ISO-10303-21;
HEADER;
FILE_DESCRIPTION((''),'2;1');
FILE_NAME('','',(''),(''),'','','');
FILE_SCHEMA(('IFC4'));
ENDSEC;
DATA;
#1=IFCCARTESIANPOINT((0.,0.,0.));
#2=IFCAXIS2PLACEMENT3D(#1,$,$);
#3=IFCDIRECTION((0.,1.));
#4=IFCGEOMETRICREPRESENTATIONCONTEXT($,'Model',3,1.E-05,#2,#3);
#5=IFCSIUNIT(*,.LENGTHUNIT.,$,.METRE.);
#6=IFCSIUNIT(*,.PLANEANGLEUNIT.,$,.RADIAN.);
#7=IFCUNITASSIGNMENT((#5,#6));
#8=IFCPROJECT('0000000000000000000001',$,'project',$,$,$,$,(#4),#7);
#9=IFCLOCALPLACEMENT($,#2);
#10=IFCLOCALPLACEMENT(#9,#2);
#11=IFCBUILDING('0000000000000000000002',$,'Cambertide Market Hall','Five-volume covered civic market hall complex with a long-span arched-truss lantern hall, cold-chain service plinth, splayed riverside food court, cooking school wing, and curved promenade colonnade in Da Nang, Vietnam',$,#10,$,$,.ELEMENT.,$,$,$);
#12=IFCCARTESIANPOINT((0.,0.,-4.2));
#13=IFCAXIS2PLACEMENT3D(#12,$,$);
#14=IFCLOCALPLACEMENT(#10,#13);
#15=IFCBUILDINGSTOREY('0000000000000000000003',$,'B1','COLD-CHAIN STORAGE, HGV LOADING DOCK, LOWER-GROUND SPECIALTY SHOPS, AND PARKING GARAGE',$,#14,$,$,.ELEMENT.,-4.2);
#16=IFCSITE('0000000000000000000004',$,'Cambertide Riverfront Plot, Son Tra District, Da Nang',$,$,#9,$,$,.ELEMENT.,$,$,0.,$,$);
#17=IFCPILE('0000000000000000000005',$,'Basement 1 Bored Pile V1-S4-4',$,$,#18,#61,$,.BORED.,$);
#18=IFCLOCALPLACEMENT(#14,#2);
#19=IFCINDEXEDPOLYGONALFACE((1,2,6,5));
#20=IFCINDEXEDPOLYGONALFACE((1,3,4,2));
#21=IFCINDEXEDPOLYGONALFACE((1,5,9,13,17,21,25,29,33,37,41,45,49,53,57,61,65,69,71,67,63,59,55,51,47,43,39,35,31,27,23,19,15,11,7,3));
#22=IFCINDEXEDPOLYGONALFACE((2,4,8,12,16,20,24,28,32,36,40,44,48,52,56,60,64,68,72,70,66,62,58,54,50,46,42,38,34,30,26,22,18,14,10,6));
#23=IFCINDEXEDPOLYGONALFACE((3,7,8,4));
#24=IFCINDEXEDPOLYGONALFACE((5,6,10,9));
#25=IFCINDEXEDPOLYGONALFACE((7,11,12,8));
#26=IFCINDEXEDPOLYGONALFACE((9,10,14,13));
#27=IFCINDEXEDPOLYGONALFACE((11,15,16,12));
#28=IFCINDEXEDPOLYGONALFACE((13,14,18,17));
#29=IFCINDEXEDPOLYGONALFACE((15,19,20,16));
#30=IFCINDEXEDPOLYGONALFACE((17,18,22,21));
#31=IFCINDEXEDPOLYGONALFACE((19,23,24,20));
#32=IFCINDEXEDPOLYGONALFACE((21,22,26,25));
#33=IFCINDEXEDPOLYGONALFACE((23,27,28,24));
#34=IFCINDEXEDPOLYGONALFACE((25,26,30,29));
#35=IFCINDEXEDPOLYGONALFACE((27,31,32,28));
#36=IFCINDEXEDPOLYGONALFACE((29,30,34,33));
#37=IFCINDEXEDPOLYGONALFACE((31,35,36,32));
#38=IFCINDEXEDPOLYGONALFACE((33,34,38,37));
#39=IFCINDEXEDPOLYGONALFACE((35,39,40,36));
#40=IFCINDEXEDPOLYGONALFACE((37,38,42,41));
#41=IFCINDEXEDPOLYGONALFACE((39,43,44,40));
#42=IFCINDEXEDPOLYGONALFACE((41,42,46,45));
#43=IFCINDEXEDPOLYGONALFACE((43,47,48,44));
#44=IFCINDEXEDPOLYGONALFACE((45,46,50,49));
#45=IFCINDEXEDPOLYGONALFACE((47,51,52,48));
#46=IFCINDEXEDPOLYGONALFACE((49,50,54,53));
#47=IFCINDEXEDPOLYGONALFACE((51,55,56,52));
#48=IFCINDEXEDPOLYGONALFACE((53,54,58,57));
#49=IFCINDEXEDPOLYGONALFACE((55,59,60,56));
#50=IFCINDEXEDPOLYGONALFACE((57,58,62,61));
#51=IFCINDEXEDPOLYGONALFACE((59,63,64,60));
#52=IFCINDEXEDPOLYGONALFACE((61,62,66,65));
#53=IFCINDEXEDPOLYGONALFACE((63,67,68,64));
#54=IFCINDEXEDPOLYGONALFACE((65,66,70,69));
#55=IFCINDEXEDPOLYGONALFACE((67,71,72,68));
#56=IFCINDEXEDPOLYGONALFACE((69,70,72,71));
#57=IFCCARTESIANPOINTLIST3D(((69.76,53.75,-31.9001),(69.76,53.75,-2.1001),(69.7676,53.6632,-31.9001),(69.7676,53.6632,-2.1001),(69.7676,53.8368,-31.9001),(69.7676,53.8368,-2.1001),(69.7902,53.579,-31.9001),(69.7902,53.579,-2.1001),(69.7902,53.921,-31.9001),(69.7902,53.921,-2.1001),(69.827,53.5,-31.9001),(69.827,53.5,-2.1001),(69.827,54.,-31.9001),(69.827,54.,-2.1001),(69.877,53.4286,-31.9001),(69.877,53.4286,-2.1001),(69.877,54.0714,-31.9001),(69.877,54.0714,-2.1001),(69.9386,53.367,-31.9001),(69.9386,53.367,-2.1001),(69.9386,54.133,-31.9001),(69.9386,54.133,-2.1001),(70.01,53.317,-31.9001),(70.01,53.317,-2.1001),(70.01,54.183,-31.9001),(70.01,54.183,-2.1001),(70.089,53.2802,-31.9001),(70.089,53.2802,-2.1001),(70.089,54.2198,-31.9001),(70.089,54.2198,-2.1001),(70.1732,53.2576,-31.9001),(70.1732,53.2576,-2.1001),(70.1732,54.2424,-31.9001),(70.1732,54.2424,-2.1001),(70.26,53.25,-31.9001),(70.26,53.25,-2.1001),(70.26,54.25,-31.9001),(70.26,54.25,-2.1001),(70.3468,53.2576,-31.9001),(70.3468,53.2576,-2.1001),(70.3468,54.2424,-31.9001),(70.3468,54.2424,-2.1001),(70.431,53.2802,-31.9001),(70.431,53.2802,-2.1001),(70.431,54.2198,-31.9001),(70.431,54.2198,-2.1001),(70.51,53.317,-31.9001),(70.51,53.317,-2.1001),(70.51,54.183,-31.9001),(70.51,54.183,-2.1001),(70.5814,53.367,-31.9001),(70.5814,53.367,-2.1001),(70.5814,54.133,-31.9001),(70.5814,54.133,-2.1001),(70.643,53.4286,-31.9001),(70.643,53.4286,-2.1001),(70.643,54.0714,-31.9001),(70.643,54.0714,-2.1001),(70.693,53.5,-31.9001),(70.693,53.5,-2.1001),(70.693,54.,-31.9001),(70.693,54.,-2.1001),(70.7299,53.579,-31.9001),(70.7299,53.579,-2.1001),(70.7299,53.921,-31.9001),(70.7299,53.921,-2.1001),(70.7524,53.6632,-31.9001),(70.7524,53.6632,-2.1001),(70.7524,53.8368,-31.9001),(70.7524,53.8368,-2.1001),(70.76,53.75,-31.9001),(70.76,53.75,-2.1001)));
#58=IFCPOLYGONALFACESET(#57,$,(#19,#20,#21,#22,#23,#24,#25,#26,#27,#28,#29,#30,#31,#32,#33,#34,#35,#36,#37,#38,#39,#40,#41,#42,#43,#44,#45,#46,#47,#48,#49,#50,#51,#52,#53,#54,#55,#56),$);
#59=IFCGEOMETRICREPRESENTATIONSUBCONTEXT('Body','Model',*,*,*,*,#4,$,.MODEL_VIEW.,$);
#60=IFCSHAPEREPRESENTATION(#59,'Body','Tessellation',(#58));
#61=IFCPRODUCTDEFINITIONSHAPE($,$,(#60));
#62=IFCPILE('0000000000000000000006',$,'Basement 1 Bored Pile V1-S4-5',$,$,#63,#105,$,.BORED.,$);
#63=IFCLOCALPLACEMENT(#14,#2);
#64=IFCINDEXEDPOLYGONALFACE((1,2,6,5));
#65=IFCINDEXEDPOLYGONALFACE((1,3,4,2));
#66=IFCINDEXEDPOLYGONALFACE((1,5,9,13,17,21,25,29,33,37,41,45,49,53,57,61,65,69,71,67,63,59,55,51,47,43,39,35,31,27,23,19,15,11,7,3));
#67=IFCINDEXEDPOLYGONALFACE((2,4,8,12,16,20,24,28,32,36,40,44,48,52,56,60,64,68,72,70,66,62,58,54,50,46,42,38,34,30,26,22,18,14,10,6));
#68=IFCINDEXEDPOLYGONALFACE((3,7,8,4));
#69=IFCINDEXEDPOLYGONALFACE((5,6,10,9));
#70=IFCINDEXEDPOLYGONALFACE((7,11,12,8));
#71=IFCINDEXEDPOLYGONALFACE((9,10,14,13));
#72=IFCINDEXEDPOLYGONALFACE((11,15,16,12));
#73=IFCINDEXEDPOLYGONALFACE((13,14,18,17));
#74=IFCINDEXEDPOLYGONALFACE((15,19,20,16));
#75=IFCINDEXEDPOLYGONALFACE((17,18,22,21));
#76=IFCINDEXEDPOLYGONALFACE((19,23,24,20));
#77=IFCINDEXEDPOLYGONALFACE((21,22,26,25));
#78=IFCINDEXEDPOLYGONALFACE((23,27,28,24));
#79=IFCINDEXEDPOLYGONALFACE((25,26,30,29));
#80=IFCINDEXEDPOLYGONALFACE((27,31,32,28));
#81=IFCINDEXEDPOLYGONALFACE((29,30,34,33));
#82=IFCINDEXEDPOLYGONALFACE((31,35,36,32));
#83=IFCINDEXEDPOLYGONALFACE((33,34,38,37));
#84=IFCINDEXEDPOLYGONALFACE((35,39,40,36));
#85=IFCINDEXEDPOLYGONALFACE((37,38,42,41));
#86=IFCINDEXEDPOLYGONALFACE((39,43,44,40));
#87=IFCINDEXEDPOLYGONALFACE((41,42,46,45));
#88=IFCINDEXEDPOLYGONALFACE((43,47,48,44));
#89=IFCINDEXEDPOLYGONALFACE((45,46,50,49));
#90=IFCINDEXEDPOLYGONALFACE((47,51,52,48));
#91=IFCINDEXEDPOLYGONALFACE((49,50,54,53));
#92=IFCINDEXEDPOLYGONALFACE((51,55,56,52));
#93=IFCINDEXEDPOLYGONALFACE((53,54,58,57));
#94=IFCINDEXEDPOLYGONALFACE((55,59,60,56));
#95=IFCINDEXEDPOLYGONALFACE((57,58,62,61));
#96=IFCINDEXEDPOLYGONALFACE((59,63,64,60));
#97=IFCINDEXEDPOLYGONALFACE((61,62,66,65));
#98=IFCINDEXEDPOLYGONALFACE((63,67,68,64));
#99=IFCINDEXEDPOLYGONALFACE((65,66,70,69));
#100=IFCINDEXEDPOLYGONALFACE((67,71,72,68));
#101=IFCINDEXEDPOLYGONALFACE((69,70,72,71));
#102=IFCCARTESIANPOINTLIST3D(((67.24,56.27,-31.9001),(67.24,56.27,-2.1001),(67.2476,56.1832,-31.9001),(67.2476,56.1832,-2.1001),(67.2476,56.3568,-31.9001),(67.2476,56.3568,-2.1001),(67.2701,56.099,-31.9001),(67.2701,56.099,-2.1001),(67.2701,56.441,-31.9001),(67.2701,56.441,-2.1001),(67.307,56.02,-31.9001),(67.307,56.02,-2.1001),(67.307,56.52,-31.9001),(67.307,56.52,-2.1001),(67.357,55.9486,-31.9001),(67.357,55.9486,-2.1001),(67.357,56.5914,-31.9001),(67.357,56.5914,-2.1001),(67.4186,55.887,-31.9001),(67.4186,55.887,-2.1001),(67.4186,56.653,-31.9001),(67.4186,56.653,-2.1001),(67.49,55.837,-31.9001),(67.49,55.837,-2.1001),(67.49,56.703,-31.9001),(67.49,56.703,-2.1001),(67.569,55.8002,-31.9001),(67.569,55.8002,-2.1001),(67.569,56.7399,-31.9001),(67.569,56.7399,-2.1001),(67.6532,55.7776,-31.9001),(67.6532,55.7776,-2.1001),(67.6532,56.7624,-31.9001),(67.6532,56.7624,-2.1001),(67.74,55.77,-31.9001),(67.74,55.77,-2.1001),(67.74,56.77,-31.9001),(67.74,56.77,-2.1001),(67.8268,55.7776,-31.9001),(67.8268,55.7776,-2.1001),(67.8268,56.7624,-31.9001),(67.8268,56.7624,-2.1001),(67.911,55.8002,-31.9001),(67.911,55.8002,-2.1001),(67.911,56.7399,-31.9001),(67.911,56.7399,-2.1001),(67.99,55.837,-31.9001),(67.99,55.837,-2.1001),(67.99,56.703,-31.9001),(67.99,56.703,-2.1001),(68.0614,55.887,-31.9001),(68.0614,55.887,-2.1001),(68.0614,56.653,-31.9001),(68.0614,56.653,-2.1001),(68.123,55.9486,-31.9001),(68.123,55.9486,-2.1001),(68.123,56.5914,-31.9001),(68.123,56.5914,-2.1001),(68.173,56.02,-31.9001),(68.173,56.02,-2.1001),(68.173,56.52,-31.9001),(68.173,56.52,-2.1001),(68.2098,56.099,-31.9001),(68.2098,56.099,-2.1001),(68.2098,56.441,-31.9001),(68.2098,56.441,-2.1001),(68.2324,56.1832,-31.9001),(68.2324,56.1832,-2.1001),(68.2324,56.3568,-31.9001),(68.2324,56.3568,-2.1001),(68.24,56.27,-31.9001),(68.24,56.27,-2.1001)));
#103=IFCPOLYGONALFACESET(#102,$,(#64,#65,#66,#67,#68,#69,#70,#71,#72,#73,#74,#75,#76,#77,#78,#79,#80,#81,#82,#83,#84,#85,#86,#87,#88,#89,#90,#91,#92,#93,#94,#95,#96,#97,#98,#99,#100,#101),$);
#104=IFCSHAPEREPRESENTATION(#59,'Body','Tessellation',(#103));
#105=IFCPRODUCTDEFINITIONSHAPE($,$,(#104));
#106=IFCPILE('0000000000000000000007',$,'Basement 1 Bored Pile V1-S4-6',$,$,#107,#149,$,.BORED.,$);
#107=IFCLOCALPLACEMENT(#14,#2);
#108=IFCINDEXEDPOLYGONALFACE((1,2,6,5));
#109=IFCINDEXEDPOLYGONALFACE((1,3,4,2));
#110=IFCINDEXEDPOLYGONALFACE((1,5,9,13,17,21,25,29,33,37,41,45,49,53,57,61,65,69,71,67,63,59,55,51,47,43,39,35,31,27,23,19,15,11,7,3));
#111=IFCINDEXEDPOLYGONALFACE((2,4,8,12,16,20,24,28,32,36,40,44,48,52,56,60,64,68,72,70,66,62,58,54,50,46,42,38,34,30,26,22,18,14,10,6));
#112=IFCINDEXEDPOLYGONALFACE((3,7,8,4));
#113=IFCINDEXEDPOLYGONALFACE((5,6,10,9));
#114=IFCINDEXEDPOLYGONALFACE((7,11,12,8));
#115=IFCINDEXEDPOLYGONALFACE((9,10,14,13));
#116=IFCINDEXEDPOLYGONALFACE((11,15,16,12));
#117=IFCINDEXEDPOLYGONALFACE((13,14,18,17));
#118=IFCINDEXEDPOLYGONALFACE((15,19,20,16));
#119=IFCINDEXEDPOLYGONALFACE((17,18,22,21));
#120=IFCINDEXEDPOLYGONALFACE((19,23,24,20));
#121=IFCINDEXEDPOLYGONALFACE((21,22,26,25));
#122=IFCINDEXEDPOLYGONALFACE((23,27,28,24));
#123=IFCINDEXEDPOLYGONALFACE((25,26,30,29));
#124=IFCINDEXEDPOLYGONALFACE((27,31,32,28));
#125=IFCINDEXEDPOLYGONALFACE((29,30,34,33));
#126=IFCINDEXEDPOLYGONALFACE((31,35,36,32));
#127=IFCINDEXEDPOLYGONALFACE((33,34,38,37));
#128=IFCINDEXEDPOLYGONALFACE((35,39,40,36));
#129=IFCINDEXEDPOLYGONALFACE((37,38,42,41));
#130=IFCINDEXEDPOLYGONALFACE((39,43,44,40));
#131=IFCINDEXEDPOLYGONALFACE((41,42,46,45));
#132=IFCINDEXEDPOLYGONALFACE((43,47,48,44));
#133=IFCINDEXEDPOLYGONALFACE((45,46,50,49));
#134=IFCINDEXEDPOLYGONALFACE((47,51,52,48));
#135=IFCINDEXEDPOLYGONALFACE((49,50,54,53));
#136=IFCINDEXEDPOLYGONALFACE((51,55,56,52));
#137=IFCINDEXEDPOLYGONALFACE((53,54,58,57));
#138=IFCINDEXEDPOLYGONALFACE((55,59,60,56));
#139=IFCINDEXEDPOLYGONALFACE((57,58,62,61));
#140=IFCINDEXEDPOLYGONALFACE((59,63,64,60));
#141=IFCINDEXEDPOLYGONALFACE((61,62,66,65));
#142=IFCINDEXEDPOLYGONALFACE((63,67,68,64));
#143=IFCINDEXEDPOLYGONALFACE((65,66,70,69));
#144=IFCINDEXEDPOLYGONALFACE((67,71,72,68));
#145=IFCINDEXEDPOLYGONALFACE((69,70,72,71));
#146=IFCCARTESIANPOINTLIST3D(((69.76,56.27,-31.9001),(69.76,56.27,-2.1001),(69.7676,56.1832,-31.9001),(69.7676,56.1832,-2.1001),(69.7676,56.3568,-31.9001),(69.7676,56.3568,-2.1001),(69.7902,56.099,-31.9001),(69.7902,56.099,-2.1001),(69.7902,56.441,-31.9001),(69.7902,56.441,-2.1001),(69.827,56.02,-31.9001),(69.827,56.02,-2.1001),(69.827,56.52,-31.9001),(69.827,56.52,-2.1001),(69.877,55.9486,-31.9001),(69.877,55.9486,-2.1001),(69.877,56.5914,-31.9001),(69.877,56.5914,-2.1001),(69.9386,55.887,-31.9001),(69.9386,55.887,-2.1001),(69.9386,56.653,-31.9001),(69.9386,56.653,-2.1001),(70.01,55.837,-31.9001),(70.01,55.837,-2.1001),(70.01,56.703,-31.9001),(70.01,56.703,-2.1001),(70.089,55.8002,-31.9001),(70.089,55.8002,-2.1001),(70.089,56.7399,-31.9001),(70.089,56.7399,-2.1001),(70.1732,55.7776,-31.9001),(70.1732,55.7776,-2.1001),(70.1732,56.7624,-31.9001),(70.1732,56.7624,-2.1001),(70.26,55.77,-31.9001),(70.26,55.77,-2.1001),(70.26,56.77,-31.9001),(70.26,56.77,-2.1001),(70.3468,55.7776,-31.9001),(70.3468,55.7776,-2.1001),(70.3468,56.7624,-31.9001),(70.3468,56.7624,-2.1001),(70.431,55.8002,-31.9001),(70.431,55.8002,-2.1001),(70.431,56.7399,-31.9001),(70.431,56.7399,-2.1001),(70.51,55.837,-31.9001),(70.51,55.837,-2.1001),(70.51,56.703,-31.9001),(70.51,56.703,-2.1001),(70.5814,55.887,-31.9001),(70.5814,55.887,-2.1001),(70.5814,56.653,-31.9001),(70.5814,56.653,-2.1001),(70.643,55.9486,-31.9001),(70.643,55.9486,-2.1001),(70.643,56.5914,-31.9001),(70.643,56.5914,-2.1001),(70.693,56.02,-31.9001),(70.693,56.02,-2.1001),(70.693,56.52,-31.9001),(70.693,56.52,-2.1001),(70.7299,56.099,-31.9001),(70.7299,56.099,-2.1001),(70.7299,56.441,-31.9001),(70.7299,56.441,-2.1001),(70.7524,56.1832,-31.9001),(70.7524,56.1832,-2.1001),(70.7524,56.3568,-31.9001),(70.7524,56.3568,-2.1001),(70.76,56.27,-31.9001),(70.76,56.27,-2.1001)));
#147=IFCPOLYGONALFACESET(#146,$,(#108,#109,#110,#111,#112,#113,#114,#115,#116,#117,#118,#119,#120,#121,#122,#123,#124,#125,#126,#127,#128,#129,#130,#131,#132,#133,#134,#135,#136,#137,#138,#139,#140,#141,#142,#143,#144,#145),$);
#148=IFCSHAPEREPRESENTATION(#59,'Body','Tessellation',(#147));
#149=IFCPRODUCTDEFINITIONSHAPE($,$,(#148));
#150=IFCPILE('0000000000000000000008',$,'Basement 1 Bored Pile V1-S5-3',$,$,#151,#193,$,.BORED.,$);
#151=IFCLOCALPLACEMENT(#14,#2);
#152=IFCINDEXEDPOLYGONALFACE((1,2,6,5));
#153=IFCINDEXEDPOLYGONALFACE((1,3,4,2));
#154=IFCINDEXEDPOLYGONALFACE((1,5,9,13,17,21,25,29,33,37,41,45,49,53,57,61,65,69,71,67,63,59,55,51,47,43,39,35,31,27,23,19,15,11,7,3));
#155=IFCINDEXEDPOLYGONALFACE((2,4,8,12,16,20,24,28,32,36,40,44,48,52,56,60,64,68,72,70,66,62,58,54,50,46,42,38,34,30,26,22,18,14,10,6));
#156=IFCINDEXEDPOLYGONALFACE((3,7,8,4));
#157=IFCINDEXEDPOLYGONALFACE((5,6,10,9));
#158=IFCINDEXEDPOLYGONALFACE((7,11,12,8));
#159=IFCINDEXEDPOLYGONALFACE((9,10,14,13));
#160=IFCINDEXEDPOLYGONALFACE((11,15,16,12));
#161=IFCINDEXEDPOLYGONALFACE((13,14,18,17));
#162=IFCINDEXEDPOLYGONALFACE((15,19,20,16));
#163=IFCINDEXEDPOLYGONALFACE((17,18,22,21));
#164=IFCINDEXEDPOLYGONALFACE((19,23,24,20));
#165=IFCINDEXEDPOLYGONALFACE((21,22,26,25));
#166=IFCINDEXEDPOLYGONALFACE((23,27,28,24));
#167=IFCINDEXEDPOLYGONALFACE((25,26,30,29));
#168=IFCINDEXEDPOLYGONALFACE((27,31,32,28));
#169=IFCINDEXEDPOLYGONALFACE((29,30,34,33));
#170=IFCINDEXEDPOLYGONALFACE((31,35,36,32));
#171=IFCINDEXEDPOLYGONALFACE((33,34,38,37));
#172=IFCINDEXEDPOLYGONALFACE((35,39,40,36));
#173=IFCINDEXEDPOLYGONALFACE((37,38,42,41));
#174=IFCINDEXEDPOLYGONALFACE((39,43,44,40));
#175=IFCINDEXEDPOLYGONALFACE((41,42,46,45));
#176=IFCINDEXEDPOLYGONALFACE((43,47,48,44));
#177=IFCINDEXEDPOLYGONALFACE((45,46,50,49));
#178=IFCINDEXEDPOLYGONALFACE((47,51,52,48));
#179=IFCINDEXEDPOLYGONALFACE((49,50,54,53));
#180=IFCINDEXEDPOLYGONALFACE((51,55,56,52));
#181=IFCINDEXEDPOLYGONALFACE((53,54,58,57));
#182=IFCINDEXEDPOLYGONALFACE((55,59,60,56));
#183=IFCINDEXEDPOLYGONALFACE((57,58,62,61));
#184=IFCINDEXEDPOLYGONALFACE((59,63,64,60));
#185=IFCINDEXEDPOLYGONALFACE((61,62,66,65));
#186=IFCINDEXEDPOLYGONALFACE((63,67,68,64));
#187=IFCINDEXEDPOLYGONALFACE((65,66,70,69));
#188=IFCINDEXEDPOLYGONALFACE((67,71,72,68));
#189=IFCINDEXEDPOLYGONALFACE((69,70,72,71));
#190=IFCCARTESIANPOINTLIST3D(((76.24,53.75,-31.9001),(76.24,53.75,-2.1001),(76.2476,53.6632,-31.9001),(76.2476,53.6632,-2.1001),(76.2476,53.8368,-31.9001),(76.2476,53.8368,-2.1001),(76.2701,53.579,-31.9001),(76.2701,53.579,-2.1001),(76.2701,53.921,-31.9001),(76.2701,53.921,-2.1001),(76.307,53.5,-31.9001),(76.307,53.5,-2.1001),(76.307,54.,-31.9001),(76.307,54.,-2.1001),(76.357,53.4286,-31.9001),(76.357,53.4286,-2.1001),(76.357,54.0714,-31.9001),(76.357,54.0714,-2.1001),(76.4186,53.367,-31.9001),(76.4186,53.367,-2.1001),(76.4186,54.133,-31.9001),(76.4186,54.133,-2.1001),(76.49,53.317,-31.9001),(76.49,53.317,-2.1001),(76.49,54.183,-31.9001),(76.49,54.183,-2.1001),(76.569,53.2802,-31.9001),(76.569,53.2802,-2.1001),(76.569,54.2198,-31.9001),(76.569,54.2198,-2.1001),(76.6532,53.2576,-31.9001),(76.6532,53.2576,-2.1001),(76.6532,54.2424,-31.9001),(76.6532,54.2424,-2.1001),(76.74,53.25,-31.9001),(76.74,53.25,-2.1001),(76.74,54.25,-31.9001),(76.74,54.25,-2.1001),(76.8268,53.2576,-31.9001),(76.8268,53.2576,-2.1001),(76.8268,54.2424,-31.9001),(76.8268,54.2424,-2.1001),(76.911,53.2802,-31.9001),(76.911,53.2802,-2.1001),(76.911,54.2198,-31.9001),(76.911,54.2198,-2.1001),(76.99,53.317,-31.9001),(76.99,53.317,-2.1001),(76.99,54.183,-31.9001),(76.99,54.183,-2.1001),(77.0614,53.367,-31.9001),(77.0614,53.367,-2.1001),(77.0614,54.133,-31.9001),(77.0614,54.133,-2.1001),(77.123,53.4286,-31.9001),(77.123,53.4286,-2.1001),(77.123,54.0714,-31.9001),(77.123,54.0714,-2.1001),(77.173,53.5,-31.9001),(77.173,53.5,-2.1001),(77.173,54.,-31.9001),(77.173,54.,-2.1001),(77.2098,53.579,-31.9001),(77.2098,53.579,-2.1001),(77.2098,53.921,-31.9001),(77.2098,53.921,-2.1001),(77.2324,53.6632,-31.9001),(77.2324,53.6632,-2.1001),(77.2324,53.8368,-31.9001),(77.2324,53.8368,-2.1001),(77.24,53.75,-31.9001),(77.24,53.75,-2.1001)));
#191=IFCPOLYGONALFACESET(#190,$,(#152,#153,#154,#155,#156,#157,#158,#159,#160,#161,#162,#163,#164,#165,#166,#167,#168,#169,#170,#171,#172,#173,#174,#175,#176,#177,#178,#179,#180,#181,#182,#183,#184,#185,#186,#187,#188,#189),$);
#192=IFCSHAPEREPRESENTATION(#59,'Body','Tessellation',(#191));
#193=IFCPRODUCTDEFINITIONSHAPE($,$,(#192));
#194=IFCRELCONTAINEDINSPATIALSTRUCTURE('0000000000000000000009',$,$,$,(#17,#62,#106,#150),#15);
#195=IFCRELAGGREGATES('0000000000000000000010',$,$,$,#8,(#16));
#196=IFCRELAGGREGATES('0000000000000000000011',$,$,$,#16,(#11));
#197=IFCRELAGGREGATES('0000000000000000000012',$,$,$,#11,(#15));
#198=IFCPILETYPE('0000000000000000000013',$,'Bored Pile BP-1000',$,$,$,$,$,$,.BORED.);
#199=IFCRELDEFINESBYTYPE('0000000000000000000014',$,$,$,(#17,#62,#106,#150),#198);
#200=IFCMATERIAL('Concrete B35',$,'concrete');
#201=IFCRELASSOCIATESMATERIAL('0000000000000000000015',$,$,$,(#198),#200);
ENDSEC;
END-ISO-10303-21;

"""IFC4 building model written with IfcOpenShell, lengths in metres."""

from ifc_helpers import new_model, si_unit, direction, frame, origin, origin_2d, place, context, subcontext, project, spatial, circle, extrude, material, material_profile, profile_set, type_object, element, save


model = new_model("IFC4")

# Units and contexts
model_context = context("Model", 3, precision=1e-05, world=origin(), true_north=direction((0.0, 1.0)))
body_context = subcontext(model_context, "Body", "Model", "MODEL_VIEW")
ifc_project = project(units=[si_unit("LENGTHUNIT", "METRE"), si_unit("PLANEANGLEUNIT", "RADIAN")], contexts=[model_context])

# Site, building, storey
site_placement = place(None, origin())
site = spatial("IfcSite", under=ifc_project, at=site_placement, Name="Cambertide Riverfront Plot, Son Tra District, Da Nang", CompositionType="ELEMENT", RefElevation=0.0)
building_placement = place(site_placement, origin())
building = spatial("IfcBuilding", under=site, at=building_placement, Name="Cambertide Market Hall", Description="Five-volume covered civic market hall complex with a long-span arched-truss lantern hall, cold-chain service plinth, splayed riverside food court, cooking school wing, and curved promenade colonnade in Da Nang, Vietnam", CompositionType="ELEMENT")
storey_placement = place(building_placement, frame((0.0, 0.0, -4.2)))
storey = spatial("IfcBuildingStorey", under=building, at=storey_placement, Name="B1", Description="COLD-CHAIN STORAGE, HGV LOADING DOCK, LOWER-GROUND SPECIALTY SHOPS, AND PARKING GARAGE", CompositionType="ELEMENT", Elevation=-4.2)

# Piles
ifc_material_1 = material(Name="Concrete B35", Category="concrete")
ifc_material_profile_1 = material_profile(ifc_material_1, circle(Radius=0.5, at=origin_2d()), Name="BP D1000")
ifc_profile_set_1 = profile_set([ifc_material_profile_1], Name="Concrete B35")
pile_type_1 = type_object("IfcPileType", Name="Bored Pile BP-1000", PredefinedType="BORED", material=ifc_profile_set_1)
for number, where, z_axis, x_axis, name in (
    (1, (70.26, 53.75, -2.1001), (0.0, 0.0, -1.0), (1.0, 0.0, 0.0), "Basement 1 Bored Pile V1-S4-4"),
    (2, (67.74, 56.27, -2.1001), (0.0, 0.0, -1.0), (1.0, 0.0, 0.0), "Basement 1 Bored Pile V1-S4-5"),
    (3, (70.26, 56.27, -2.1001), (0.0, 0.0, -1.0), (1.0, 0.0, 0.0), "Basement 1 Bored Pile V1-S4-6"),
    (4, (76.74, 53.75, -2.1001), (0.0, 0.0, -1.0), (1.0, 0.0, 0.0), "Basement 1 Bored Pile V1-S5-3"),
):
    element("IfcPile", number, at=place(storey_placement, frame(where, z_axis=z_axis, x_axis=x_axis)), inside=storey, type_object=pile_type_1, Name=name, PredefinedType="BORED", context=body_context, shape_type="SweptSolid", body=[
        extrude(circle(Radius=0.5, at=origin_2d()), origin(), (0.0, 0.0, 1.0), 29.8),
    ])

save(model, "model.ifc")
